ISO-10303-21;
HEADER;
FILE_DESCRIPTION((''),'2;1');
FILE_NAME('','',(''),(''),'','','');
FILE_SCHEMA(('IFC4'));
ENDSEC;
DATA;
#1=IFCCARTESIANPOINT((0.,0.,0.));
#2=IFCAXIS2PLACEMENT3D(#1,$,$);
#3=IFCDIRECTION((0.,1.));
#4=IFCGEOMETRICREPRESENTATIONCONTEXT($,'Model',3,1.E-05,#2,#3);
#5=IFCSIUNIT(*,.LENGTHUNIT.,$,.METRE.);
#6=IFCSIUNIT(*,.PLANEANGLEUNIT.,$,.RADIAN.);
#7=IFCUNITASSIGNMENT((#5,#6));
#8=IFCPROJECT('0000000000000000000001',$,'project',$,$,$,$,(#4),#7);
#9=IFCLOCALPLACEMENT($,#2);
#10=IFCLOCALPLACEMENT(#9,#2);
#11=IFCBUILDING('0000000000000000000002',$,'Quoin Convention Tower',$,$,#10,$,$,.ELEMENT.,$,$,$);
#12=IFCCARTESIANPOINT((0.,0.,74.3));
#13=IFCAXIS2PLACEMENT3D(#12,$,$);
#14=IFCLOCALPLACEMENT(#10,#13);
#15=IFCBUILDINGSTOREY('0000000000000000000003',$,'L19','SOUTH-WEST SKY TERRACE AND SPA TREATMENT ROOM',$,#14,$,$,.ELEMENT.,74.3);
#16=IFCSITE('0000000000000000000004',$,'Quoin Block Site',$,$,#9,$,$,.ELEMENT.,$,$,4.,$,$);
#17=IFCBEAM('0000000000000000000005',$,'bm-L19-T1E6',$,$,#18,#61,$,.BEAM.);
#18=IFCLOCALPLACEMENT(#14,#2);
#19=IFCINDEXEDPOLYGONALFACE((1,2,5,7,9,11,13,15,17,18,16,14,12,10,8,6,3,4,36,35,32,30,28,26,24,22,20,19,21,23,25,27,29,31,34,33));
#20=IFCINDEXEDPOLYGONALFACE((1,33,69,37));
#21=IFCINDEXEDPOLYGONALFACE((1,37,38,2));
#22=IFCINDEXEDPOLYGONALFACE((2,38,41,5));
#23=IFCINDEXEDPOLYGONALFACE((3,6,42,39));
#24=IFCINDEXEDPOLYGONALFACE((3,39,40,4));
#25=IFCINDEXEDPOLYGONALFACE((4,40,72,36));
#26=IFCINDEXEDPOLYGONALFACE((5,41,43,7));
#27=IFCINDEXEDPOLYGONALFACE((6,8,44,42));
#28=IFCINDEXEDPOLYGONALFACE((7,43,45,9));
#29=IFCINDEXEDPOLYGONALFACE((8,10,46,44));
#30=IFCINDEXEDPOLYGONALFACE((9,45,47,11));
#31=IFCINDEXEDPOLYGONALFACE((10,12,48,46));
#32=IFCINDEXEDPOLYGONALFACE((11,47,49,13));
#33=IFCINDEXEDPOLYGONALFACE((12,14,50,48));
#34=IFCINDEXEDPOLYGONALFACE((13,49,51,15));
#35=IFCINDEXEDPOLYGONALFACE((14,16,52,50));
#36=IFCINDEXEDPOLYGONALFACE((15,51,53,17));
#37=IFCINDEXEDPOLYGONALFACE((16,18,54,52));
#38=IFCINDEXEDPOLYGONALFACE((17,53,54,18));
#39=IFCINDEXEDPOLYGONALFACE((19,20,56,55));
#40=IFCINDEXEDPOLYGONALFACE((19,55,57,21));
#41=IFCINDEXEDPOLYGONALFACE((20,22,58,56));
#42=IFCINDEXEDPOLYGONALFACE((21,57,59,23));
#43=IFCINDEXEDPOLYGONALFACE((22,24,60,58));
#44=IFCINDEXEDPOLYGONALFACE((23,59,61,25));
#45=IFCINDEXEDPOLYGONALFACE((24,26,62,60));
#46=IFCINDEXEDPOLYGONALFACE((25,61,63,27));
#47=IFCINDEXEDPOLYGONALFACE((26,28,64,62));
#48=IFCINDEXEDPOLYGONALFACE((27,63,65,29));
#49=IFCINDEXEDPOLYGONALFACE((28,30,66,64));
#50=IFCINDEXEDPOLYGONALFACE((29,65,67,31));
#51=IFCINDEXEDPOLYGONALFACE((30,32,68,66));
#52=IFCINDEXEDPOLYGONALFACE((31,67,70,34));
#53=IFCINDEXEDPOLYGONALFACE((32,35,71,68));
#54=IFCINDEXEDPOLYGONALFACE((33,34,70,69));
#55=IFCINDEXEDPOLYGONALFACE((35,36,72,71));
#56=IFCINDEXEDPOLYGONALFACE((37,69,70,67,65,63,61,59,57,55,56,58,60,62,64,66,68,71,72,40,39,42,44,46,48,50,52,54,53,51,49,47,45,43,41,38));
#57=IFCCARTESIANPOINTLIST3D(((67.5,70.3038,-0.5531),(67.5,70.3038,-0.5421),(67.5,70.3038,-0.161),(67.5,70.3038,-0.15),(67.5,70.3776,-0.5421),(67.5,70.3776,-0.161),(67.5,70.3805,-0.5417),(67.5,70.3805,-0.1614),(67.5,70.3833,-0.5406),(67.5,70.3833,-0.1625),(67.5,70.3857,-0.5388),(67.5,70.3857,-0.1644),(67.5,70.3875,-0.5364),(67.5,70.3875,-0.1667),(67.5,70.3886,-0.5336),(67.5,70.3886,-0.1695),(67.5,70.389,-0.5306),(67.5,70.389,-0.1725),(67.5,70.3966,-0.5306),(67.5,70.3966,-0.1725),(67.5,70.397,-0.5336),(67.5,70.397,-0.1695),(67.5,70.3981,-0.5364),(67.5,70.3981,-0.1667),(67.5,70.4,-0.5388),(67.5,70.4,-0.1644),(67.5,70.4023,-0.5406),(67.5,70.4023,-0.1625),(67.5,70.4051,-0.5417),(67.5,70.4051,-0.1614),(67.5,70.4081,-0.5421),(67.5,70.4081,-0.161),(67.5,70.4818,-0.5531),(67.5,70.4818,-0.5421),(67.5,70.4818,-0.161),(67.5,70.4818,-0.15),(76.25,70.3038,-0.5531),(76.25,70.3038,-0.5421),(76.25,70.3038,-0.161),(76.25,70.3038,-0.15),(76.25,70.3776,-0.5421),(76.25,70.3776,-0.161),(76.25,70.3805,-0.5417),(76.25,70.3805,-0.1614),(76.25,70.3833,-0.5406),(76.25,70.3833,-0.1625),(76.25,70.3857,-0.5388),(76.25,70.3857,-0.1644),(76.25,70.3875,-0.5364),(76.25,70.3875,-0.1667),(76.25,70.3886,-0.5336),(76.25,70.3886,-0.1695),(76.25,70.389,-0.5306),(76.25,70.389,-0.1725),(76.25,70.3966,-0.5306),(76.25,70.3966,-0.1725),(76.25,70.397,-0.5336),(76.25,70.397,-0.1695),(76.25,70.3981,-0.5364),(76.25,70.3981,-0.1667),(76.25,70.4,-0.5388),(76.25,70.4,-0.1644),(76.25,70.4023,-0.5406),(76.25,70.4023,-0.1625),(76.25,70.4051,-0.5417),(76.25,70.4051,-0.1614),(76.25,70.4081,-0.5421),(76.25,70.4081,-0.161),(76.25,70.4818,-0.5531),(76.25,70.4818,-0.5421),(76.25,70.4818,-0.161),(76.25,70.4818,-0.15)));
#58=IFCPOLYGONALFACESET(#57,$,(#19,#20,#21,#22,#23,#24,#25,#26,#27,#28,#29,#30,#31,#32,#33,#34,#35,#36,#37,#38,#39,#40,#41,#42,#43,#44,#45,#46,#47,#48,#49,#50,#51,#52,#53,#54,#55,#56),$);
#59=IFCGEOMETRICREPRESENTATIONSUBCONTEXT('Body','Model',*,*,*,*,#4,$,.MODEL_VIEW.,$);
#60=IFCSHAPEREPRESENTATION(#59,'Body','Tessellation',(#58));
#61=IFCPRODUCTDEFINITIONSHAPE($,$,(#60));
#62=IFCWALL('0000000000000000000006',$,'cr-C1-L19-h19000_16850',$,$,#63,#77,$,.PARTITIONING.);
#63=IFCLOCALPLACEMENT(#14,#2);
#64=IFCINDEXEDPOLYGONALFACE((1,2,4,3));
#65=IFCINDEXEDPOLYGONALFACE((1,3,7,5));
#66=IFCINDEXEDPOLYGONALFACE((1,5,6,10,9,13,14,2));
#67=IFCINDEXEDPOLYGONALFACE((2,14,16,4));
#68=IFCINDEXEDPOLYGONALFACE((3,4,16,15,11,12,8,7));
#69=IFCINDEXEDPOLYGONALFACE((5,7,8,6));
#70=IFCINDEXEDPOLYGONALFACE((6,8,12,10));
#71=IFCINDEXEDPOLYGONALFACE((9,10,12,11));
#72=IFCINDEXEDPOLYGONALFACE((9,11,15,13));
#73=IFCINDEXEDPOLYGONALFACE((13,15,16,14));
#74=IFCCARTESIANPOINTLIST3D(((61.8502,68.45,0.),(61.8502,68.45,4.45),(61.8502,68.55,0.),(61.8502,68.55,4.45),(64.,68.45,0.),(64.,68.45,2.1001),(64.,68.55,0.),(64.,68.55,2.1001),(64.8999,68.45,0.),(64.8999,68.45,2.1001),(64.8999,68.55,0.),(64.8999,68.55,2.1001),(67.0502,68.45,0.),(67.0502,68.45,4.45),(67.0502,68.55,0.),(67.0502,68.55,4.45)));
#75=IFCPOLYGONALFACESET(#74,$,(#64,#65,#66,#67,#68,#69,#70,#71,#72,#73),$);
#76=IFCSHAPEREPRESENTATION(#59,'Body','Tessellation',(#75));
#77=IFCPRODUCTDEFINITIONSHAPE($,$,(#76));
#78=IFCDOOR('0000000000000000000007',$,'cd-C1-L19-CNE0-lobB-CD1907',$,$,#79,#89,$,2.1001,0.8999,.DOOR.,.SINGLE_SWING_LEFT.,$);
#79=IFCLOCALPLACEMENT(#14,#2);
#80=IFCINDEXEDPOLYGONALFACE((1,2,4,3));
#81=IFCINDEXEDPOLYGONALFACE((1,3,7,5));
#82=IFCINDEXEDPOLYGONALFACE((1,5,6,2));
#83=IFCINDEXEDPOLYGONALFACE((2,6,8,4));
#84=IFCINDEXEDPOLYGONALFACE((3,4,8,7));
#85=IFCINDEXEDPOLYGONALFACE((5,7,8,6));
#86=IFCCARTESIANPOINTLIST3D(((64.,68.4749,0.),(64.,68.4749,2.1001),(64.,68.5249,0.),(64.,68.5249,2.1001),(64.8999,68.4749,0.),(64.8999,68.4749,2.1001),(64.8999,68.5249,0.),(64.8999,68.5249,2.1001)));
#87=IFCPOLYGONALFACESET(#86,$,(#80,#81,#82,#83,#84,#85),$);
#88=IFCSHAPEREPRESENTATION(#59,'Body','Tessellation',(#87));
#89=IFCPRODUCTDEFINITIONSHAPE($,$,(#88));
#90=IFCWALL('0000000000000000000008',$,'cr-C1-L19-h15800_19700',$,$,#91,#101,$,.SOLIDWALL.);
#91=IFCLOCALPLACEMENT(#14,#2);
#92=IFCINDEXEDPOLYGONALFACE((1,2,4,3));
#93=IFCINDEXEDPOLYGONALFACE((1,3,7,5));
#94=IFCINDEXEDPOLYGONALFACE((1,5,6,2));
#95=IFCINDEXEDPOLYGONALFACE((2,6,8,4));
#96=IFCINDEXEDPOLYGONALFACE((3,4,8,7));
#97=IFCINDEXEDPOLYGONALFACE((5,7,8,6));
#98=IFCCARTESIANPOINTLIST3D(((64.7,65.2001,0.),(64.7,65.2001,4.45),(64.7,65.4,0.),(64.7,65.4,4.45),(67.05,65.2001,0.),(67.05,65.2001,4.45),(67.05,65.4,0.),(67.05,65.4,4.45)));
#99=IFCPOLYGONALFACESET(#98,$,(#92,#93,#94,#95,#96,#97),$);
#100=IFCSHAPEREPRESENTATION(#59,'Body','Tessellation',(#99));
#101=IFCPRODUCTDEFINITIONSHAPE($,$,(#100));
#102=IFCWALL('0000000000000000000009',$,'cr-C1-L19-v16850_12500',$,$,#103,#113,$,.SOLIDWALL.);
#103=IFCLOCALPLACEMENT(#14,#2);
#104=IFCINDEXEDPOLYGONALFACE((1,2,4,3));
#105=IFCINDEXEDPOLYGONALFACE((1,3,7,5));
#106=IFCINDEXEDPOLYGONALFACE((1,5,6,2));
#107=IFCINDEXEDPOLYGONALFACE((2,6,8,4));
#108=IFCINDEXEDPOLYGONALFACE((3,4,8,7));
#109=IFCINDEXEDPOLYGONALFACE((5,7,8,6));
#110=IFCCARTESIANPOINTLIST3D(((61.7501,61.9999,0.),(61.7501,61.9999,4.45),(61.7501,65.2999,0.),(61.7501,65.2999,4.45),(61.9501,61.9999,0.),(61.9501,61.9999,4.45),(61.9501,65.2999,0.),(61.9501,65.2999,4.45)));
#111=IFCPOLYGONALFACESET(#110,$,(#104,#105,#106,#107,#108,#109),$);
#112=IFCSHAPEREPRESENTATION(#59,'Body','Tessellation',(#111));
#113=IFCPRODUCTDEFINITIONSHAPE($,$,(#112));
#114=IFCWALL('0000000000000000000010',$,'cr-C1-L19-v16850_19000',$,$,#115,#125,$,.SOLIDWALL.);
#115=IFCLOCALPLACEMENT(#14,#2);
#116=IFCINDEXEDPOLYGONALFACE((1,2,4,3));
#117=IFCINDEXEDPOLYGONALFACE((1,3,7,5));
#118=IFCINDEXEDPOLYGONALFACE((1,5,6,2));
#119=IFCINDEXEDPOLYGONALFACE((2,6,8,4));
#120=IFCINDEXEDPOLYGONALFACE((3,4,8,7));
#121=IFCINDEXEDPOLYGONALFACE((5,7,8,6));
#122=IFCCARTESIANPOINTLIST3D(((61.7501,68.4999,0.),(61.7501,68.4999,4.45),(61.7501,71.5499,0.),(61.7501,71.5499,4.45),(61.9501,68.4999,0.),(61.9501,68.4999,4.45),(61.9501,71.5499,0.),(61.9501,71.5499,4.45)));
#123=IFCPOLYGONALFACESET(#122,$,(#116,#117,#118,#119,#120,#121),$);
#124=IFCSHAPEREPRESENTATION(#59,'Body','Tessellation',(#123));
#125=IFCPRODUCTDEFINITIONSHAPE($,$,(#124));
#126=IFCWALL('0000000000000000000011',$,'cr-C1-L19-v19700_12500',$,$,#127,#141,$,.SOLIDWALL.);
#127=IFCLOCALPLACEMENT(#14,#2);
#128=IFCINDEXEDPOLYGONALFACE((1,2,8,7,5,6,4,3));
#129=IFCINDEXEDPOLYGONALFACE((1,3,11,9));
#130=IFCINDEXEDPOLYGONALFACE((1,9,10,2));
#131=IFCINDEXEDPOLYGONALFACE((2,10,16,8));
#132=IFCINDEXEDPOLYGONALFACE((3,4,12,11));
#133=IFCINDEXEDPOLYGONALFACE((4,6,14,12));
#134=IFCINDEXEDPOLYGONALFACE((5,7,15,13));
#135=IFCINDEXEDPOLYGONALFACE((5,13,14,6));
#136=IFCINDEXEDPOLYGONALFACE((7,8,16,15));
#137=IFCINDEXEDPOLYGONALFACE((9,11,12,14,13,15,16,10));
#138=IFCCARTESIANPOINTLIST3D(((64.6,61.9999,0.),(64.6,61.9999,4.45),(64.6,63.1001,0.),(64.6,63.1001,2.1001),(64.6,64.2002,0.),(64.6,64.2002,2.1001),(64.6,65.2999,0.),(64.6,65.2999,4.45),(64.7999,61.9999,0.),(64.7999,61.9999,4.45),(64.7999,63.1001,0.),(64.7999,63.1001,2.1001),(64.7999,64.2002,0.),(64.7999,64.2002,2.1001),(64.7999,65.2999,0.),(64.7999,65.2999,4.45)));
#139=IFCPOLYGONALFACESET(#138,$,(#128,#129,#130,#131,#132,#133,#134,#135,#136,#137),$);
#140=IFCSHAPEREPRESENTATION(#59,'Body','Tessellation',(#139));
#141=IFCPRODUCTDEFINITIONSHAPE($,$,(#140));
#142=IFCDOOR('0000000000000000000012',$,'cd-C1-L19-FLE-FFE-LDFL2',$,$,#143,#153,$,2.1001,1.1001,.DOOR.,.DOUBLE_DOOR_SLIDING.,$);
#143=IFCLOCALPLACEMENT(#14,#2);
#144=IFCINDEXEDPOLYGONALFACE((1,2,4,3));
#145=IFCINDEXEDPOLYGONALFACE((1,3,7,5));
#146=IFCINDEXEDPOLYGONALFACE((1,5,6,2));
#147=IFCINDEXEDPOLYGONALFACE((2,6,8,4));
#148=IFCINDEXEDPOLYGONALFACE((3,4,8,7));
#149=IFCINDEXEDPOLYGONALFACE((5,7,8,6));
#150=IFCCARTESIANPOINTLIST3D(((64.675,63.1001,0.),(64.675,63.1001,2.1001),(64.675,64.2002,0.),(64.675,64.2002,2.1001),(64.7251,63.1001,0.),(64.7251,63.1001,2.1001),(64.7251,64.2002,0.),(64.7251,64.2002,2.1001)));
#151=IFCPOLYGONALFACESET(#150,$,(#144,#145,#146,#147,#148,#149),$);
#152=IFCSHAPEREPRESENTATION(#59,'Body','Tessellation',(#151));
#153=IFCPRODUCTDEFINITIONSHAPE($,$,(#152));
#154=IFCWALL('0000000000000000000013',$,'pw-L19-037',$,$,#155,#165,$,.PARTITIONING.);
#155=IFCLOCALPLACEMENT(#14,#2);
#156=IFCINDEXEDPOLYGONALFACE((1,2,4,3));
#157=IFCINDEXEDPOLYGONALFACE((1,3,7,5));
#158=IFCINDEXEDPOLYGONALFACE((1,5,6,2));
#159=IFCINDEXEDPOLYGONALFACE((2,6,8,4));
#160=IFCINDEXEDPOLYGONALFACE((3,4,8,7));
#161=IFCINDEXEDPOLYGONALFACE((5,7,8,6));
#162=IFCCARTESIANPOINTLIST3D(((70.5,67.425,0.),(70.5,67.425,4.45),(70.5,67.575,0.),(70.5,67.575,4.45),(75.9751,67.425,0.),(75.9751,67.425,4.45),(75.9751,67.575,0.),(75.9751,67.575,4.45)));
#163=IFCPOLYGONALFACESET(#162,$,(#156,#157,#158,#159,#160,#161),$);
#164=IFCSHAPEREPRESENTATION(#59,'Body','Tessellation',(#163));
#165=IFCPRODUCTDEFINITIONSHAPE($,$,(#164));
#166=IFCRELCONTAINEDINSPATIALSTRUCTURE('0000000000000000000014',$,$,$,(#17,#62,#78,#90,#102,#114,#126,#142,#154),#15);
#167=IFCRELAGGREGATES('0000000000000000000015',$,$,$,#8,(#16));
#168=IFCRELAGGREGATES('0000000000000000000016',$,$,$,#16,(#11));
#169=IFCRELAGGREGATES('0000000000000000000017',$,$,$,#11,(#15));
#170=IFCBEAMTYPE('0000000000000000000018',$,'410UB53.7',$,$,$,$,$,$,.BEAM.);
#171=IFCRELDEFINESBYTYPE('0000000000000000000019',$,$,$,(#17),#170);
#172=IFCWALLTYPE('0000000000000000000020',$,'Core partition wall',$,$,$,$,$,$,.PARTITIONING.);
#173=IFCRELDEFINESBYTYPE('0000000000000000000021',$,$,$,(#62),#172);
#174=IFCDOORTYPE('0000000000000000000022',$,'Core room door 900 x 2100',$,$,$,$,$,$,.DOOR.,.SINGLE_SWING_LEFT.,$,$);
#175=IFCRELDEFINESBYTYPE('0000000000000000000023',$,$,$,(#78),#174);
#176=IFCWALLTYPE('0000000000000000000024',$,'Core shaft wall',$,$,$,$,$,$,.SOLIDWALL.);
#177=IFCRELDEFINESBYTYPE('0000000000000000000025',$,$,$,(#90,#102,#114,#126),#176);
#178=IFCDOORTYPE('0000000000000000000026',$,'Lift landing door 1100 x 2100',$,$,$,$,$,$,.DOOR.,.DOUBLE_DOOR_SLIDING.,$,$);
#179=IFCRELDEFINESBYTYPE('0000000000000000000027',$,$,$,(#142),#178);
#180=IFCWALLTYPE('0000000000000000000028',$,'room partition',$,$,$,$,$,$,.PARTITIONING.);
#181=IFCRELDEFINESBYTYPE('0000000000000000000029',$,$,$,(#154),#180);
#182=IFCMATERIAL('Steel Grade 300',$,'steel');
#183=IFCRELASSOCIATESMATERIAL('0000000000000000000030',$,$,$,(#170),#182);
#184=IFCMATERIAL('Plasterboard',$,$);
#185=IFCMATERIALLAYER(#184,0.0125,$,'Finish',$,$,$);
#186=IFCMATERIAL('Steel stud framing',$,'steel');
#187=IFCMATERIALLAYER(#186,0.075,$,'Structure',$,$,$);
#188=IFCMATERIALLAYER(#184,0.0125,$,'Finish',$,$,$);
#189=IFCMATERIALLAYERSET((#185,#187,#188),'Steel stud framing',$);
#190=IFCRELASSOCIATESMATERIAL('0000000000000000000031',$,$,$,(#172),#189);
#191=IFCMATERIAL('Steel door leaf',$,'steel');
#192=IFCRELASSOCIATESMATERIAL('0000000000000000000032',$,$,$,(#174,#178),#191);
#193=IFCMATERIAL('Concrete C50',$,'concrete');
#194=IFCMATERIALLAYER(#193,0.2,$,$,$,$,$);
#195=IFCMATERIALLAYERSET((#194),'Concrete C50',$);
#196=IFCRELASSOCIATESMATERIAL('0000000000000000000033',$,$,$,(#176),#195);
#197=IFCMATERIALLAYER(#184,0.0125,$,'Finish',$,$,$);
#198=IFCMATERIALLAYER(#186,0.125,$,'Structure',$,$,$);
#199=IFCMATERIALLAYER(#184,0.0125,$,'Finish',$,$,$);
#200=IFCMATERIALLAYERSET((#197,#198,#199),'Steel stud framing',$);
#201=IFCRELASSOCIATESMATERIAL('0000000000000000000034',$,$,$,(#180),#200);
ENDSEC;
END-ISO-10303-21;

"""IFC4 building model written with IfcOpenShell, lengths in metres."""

from ifc_helpers import new_model, si_unit, direction, frame, frame_2d, origin, origin_2d, place, context, subcontext, project, spatial, rectangle, i_section, extrude, material, layer, layer_set, material_profile, profile_set, type_object, element, fill, save


model = new_model("IFC4")

# Units and contexts
model_context = context("Model", 3, precision=1e-05, world=origin(), true_north=direction((0.0, 1.0)))
body_context = subcontext(model_context, "Body", "Model", "MODEL_VIEW")
ifc_project = project(units=[si_unit("LENGTHUNIT", "METRE"), si_unit("PLANEANGLEUNIT", "RADIAN")], contexts=[model_context])

# Site, building, storey
site_placement = place(None, origin())
site = spatial("IfcSite", under=ifc_project, at=site_placement, Name="Quoin Block Site", CompositionType="ELEMENT", RefElevation=4.0)
building_placement = place(site_placement, origin())
building = spatial("IfcBuilding", under=site, at=building_placement, Name="Quoin Convention Tower", CompositionType="ELEMENT")
storey_placement = place(building_placement, frame((0.0, 0.0, 74.3)))
storey = spatial("IfcBuildingStorey", under=building, at=storey_placement, Name="L19", Description="SOUTH-WEST SKY TERRACE AND SPA TREATMENT ROOM", CompositionType="ELEMENT", Elevation=74.3)

# Beam
ifc_material_1 = material(Name="Steel Grade 300", Category="steel")
ifc_material_profile_1 = material_profile(ifc_material_1, i_section(OverallWidth=0.178, OverallDepth=0.4031, WebThickness=0.0076, FlangeThickness=0.011, FilletRadius=0.0115, at=origin_2d()), Name="410UB53.7")
ifc_profile_set_1 = profile_set([ifc_material_profile_1], Name="Steel Grade 300")
beam_type = type_object("IfcBeamType", Name="410UB53.7", PredefinedType="BEAM", material=ifc_profile_set_1)
beam_1_placement = place(storey_placement, frame((67.5, 70.3928, -0.3516), z_axis=(1.0, 0.0, 0.0), x_axis=(0.0, 1.0, 0.0)))
element("IfcBeam", 1, at=beam_1_placement, inside=storey, type_object=beam_type, Name="bm-L19-T1E6", PredefinedType="BEAM", context=body_context, shape_type="SweptSolid", body=[
    extrude(i_section(OverallWidth=0.178, OverallDepth=0.4031, WebThickness=0.0076, FlangeThickness=0.011, FilletRadius=0.0115, at=origin_2d()), origin(), (0.0, 0.0, 1.0), 8.75),
])

# Wall, opening, door
ifc_material_2 = material(Name="Plasterboard")
ifc_layer_1 = layer(ifc_material_2, 0.0125, Name="Finish")
ifc_material_3 = material(Name="Steel stud framing", Category="steel")
ifc_layer_2 = layer(ifc_material_3, 0.075, Name="Structure")
ifc_layer_3 = layer(ifc_material_2, 0.0125, Name="Finish")
ifc_layer_set_1 = layer_set([ifc_layer_1, ifc_layer_2, ifc_layer_3], Name="Steel stud framing")
wall_type_1 = type_object("IfcWallType", Name="Core partition wall", PredefinedType="PARTITIONING", material=ifc_layer_set_1)
wall_1_placement = place(storey_placement, frame((61.8501, 68.5, 0.0), z_axis=(0.0, 0.0, 1.0), x_axis=(1.0, 0.0, 0.0)))
wall_1 = element("IfcWall", 2, at=wall_1_placement, inside=storey, type_object=wall_type_1, Name="cr-C1-L19-h19000_16850", PredefinedType="PARTITIONING", context=body_context, shape_type="SweptSolid", body=[
    extrude(rectangle(XDim=5.2, YDim=0.1001, at=frame_2d((2.6001, 0.0))), origin(), (0.0, 0.0, 1.0), 4.45),
])
opening_1_placement = place(wall_1_placement, frame((2.1499, 0.0, 0.0)))
opening_1 = element("IfcOpeningElement", 3, at=opening_1_placement, cuts=wall_1, PredefinedType="OPENING", context=body_context, shape_type="SweptSolid", body=[
    extrude(rectangle(XDim=0.8999, YDim=2.1001, at=frame_2d((0.45, 1.05))), frame((0.0, 0.0601, 0.0), z_axis=(0.0, -1.0, 0.0), x_axis=(1.0, 0.0, 0.0)), (0.0, 0.0, 1.0), 0.1201),
])
ifc_material_4 = material(Name="Steel door leaf", Category="steel")
door_type_1 = type_object("IfcDoorType", Name="Core room door 900 x 2100", OperationType="SINGLE_SWING_LEFT", PredefinedType="DOOR", material=ifc_material_4)
door_1_placement = place(opening_1_placement, origin())
door_1 = element("IfcDoor", 4, at=door_1_placement, inside=storey, type_object=door_type_1, Name="cd-C1-L19-CNE0-lobB-CD1907", OperationType="SINGLE_SWING_LEFT", OverallHeight=2.1001, OverallWidth=0.8999, PredefinedType="DOOR", context=body_context, shape_type="SweptSolid", body=[
    extrude(rectangle(XDim=0.8999, YDim=2.1001, at=frame_2d((0.45, 1.05))), frame((0.0, 0.0249, 0.0), z_axis=(0.0, -1.0, 0.0), x_axis=(1.0, 0.0, 0.0)), (0.0, 0.0, 1.0), 0.05),
])
fill(opening_1, door_1)

# Walls
ifc_material_5 = material(Name="Concrete C50", Category="concrete")
ifc_layer_4 = layer(ifc_material_5, 0.2)
ifc_layer_set_2 = layer_set([ifc_layer_4], Name="Concrete C50")
wall_type_2 = type_object("IfcWallType", Name="Core shaft wall", PredefinedType="SOLIDWALL", material=ifc_layer_set_2)
wall_2_placement = place(storey_placement, frame((64.7, 65.3, 0.0), z_axis=(0.0, 0.0, 1.0), x_axis=(1.0, 0.0, 0.0)))
element("IfcWall", 5, at=wall_2_placement, inside=storey, type_object=wall_type_2, Name="cr-C1-L19-h15800_19700", PredefinedType="SOLIDWALL", context=body_context, shape_type="SweptSolid", body=[
    extrude(rectangle(XDim=2.3501, YDim=0.2, at=frame_2d((1.175, 0.0))), origin(), (0.0, 0.0, 1.0), 4.45),
])
wall_3_placement = place(storey_placement, frame((61.8501, 62.0, 0.0), z_axis=(0.0, 0.0, 1.0), x_axis=(0.0, 1.0, 0.0)))
element("IfcWall", 6, at=wall_3_placement, inside=storey, type_object=wall_type_2, Name="cr-C1-L19-v16850_12500", PredefinedType="SOLIDWALL", context=body_context, shape_type="SweptSolid", body=[
    extrude(rectangle(XDim=3.3, YDim=0.2, at=frame_2d((1.6499, 0.0))), origin(), (0.0, 0.0, 1.0), 4.45),
])
wall_4_placement = place(storey_placement, frame((61.8501, 68.5, 0.0), z_axis=(0.0, 0.0, 1.0), x_axis=(0.0, 1.0, 0.0)))
element("IfcWall", 7, at=wall_4_placement, inside=storey, type_object=wall_type_2, Name="cr-C1-L19-v16850_19000", PredefinedType="SOLIDWALL", context=body_context, shape_type="SweptSolid", body=[
    extrude(rectangle(XDim=3.05, YDim=0.2, at=frame_2d((1.5249, 0.0))), origin(), (0.0, 0.0, 1.0), 4.45),
])

# Wall, opening, door
wall_5_placement = place(storey_placement, frame((64.7, 62.0, 0.0), z_axis=(0.0, 0.0, 1.0), x_axis=(0.0, 1.0, 0.0)))
wall_5 = element("IfcWall", 8, at=wall_5_placement, inside=storey, type_object=wall_type_2, Name="cr-C1-L19-v19700_12500", PredefinedType="SOLIDWALL", context=body_context, shape_type="SweptSolid", body=[
    extrude(rectangle(XDim=3.3, YDim=0.2, at=frame_2d((1.6499, 0.0))), origin(), (0.0, 0.0, 1.0), 4.45),
])
opening_2_placement = place(wall_5_placement, frame((1.1001, 0.0, 0.0)))
opening_2 = element("IfcOpeningElement", 9, at=opening_2_placement, cuts=wall_5, PredefinedType="OPENING", context=body_context, shape_type="SweptSolid", body=[
    extrude(rectangle(XDim=1.1001, YDim=2.1001, at=frame_2d((0.55, 1.05))), frame((0.0, 0.1099, 0.0), z_axis=(0.0, -1.0, 0.0), x_axis=(1.0, 0.0, 0.0)), (0.0, 0.0, 1.0), 0.22),
])
door_type_2 = type_object("IfcDoorType", Name="Lift landing door 1100 x 2100", OperationType="DOUBLE_DOOR_SLIDING", PredefinedType="DOOR", material=ifc_material_4)
door_2_placement = place(opening_2_placement, origin())
door_2 = element("IfcDoor", 10, at=door_2_placement, inside=storey, type_object=door_type_2, Name="cd-C1-L19-FLE-FFE-LDFL2", OperationType="DOUBLE_DOOR_SLIDING", OverallHeight=2.1001, OverallWidth=1.1001, PredefinedType="DOOR", context=body_context, shape_type="SweptSolid", body=[
    extrude(rectangle(XDim=1.1001, YDim=2.1001, at=frame_2d((0.55, 1.05))), frame((0.0, 0.0249, 0.0), z_axis=(0.0, -1.0, 0.0), x_axis=(1.0, 0.0, 0.0)), (0.0, 0.0, 1.0), 0.05),
])
fill(opening_2, door_2)

# Wall
ifc_layer_5 = layer(ifc_material_2, 0.0125, Name="Finish")
ifc_layer_6 = layer(ifc_material_3, 0.125, Name="Structure")
ifc_layer_7 = layer(ifc_material_2, 0.0125, Name="Finish")
ifc_layer_set_3 = layer_set([ifc_layer_5, ifc_layer_6, ifc_layer_7], Name="Steel stud framing")
wall_type_3 = type_object("IfcWallType", Name="room partition", PredefinedType="PARTITIONING", material=ifc_layer_set_3)
wall_6_placement = place(storey_placement, frame((70.5, 67.5, 0.0), z_axis=(0.0, 0.0, 1.0), x_axis=(1.0, 0.0, 0.0)))
element("IfcWall", 11, at=wall_6_placement, inside=storey, type_object=wall_type_3, Name="pw-L19-037", PredefinedType="PARTITIONING", context=body_context, shape_type="SweptSolid", body=[
    extrude(rectangle(XDim=5.4751, YDim=0.1499, at=frame_2d((2.7375, 0.0))), origin(), (0.0, 0.0, 1.0), 4.45),
])

save(model, "model.ifc")
